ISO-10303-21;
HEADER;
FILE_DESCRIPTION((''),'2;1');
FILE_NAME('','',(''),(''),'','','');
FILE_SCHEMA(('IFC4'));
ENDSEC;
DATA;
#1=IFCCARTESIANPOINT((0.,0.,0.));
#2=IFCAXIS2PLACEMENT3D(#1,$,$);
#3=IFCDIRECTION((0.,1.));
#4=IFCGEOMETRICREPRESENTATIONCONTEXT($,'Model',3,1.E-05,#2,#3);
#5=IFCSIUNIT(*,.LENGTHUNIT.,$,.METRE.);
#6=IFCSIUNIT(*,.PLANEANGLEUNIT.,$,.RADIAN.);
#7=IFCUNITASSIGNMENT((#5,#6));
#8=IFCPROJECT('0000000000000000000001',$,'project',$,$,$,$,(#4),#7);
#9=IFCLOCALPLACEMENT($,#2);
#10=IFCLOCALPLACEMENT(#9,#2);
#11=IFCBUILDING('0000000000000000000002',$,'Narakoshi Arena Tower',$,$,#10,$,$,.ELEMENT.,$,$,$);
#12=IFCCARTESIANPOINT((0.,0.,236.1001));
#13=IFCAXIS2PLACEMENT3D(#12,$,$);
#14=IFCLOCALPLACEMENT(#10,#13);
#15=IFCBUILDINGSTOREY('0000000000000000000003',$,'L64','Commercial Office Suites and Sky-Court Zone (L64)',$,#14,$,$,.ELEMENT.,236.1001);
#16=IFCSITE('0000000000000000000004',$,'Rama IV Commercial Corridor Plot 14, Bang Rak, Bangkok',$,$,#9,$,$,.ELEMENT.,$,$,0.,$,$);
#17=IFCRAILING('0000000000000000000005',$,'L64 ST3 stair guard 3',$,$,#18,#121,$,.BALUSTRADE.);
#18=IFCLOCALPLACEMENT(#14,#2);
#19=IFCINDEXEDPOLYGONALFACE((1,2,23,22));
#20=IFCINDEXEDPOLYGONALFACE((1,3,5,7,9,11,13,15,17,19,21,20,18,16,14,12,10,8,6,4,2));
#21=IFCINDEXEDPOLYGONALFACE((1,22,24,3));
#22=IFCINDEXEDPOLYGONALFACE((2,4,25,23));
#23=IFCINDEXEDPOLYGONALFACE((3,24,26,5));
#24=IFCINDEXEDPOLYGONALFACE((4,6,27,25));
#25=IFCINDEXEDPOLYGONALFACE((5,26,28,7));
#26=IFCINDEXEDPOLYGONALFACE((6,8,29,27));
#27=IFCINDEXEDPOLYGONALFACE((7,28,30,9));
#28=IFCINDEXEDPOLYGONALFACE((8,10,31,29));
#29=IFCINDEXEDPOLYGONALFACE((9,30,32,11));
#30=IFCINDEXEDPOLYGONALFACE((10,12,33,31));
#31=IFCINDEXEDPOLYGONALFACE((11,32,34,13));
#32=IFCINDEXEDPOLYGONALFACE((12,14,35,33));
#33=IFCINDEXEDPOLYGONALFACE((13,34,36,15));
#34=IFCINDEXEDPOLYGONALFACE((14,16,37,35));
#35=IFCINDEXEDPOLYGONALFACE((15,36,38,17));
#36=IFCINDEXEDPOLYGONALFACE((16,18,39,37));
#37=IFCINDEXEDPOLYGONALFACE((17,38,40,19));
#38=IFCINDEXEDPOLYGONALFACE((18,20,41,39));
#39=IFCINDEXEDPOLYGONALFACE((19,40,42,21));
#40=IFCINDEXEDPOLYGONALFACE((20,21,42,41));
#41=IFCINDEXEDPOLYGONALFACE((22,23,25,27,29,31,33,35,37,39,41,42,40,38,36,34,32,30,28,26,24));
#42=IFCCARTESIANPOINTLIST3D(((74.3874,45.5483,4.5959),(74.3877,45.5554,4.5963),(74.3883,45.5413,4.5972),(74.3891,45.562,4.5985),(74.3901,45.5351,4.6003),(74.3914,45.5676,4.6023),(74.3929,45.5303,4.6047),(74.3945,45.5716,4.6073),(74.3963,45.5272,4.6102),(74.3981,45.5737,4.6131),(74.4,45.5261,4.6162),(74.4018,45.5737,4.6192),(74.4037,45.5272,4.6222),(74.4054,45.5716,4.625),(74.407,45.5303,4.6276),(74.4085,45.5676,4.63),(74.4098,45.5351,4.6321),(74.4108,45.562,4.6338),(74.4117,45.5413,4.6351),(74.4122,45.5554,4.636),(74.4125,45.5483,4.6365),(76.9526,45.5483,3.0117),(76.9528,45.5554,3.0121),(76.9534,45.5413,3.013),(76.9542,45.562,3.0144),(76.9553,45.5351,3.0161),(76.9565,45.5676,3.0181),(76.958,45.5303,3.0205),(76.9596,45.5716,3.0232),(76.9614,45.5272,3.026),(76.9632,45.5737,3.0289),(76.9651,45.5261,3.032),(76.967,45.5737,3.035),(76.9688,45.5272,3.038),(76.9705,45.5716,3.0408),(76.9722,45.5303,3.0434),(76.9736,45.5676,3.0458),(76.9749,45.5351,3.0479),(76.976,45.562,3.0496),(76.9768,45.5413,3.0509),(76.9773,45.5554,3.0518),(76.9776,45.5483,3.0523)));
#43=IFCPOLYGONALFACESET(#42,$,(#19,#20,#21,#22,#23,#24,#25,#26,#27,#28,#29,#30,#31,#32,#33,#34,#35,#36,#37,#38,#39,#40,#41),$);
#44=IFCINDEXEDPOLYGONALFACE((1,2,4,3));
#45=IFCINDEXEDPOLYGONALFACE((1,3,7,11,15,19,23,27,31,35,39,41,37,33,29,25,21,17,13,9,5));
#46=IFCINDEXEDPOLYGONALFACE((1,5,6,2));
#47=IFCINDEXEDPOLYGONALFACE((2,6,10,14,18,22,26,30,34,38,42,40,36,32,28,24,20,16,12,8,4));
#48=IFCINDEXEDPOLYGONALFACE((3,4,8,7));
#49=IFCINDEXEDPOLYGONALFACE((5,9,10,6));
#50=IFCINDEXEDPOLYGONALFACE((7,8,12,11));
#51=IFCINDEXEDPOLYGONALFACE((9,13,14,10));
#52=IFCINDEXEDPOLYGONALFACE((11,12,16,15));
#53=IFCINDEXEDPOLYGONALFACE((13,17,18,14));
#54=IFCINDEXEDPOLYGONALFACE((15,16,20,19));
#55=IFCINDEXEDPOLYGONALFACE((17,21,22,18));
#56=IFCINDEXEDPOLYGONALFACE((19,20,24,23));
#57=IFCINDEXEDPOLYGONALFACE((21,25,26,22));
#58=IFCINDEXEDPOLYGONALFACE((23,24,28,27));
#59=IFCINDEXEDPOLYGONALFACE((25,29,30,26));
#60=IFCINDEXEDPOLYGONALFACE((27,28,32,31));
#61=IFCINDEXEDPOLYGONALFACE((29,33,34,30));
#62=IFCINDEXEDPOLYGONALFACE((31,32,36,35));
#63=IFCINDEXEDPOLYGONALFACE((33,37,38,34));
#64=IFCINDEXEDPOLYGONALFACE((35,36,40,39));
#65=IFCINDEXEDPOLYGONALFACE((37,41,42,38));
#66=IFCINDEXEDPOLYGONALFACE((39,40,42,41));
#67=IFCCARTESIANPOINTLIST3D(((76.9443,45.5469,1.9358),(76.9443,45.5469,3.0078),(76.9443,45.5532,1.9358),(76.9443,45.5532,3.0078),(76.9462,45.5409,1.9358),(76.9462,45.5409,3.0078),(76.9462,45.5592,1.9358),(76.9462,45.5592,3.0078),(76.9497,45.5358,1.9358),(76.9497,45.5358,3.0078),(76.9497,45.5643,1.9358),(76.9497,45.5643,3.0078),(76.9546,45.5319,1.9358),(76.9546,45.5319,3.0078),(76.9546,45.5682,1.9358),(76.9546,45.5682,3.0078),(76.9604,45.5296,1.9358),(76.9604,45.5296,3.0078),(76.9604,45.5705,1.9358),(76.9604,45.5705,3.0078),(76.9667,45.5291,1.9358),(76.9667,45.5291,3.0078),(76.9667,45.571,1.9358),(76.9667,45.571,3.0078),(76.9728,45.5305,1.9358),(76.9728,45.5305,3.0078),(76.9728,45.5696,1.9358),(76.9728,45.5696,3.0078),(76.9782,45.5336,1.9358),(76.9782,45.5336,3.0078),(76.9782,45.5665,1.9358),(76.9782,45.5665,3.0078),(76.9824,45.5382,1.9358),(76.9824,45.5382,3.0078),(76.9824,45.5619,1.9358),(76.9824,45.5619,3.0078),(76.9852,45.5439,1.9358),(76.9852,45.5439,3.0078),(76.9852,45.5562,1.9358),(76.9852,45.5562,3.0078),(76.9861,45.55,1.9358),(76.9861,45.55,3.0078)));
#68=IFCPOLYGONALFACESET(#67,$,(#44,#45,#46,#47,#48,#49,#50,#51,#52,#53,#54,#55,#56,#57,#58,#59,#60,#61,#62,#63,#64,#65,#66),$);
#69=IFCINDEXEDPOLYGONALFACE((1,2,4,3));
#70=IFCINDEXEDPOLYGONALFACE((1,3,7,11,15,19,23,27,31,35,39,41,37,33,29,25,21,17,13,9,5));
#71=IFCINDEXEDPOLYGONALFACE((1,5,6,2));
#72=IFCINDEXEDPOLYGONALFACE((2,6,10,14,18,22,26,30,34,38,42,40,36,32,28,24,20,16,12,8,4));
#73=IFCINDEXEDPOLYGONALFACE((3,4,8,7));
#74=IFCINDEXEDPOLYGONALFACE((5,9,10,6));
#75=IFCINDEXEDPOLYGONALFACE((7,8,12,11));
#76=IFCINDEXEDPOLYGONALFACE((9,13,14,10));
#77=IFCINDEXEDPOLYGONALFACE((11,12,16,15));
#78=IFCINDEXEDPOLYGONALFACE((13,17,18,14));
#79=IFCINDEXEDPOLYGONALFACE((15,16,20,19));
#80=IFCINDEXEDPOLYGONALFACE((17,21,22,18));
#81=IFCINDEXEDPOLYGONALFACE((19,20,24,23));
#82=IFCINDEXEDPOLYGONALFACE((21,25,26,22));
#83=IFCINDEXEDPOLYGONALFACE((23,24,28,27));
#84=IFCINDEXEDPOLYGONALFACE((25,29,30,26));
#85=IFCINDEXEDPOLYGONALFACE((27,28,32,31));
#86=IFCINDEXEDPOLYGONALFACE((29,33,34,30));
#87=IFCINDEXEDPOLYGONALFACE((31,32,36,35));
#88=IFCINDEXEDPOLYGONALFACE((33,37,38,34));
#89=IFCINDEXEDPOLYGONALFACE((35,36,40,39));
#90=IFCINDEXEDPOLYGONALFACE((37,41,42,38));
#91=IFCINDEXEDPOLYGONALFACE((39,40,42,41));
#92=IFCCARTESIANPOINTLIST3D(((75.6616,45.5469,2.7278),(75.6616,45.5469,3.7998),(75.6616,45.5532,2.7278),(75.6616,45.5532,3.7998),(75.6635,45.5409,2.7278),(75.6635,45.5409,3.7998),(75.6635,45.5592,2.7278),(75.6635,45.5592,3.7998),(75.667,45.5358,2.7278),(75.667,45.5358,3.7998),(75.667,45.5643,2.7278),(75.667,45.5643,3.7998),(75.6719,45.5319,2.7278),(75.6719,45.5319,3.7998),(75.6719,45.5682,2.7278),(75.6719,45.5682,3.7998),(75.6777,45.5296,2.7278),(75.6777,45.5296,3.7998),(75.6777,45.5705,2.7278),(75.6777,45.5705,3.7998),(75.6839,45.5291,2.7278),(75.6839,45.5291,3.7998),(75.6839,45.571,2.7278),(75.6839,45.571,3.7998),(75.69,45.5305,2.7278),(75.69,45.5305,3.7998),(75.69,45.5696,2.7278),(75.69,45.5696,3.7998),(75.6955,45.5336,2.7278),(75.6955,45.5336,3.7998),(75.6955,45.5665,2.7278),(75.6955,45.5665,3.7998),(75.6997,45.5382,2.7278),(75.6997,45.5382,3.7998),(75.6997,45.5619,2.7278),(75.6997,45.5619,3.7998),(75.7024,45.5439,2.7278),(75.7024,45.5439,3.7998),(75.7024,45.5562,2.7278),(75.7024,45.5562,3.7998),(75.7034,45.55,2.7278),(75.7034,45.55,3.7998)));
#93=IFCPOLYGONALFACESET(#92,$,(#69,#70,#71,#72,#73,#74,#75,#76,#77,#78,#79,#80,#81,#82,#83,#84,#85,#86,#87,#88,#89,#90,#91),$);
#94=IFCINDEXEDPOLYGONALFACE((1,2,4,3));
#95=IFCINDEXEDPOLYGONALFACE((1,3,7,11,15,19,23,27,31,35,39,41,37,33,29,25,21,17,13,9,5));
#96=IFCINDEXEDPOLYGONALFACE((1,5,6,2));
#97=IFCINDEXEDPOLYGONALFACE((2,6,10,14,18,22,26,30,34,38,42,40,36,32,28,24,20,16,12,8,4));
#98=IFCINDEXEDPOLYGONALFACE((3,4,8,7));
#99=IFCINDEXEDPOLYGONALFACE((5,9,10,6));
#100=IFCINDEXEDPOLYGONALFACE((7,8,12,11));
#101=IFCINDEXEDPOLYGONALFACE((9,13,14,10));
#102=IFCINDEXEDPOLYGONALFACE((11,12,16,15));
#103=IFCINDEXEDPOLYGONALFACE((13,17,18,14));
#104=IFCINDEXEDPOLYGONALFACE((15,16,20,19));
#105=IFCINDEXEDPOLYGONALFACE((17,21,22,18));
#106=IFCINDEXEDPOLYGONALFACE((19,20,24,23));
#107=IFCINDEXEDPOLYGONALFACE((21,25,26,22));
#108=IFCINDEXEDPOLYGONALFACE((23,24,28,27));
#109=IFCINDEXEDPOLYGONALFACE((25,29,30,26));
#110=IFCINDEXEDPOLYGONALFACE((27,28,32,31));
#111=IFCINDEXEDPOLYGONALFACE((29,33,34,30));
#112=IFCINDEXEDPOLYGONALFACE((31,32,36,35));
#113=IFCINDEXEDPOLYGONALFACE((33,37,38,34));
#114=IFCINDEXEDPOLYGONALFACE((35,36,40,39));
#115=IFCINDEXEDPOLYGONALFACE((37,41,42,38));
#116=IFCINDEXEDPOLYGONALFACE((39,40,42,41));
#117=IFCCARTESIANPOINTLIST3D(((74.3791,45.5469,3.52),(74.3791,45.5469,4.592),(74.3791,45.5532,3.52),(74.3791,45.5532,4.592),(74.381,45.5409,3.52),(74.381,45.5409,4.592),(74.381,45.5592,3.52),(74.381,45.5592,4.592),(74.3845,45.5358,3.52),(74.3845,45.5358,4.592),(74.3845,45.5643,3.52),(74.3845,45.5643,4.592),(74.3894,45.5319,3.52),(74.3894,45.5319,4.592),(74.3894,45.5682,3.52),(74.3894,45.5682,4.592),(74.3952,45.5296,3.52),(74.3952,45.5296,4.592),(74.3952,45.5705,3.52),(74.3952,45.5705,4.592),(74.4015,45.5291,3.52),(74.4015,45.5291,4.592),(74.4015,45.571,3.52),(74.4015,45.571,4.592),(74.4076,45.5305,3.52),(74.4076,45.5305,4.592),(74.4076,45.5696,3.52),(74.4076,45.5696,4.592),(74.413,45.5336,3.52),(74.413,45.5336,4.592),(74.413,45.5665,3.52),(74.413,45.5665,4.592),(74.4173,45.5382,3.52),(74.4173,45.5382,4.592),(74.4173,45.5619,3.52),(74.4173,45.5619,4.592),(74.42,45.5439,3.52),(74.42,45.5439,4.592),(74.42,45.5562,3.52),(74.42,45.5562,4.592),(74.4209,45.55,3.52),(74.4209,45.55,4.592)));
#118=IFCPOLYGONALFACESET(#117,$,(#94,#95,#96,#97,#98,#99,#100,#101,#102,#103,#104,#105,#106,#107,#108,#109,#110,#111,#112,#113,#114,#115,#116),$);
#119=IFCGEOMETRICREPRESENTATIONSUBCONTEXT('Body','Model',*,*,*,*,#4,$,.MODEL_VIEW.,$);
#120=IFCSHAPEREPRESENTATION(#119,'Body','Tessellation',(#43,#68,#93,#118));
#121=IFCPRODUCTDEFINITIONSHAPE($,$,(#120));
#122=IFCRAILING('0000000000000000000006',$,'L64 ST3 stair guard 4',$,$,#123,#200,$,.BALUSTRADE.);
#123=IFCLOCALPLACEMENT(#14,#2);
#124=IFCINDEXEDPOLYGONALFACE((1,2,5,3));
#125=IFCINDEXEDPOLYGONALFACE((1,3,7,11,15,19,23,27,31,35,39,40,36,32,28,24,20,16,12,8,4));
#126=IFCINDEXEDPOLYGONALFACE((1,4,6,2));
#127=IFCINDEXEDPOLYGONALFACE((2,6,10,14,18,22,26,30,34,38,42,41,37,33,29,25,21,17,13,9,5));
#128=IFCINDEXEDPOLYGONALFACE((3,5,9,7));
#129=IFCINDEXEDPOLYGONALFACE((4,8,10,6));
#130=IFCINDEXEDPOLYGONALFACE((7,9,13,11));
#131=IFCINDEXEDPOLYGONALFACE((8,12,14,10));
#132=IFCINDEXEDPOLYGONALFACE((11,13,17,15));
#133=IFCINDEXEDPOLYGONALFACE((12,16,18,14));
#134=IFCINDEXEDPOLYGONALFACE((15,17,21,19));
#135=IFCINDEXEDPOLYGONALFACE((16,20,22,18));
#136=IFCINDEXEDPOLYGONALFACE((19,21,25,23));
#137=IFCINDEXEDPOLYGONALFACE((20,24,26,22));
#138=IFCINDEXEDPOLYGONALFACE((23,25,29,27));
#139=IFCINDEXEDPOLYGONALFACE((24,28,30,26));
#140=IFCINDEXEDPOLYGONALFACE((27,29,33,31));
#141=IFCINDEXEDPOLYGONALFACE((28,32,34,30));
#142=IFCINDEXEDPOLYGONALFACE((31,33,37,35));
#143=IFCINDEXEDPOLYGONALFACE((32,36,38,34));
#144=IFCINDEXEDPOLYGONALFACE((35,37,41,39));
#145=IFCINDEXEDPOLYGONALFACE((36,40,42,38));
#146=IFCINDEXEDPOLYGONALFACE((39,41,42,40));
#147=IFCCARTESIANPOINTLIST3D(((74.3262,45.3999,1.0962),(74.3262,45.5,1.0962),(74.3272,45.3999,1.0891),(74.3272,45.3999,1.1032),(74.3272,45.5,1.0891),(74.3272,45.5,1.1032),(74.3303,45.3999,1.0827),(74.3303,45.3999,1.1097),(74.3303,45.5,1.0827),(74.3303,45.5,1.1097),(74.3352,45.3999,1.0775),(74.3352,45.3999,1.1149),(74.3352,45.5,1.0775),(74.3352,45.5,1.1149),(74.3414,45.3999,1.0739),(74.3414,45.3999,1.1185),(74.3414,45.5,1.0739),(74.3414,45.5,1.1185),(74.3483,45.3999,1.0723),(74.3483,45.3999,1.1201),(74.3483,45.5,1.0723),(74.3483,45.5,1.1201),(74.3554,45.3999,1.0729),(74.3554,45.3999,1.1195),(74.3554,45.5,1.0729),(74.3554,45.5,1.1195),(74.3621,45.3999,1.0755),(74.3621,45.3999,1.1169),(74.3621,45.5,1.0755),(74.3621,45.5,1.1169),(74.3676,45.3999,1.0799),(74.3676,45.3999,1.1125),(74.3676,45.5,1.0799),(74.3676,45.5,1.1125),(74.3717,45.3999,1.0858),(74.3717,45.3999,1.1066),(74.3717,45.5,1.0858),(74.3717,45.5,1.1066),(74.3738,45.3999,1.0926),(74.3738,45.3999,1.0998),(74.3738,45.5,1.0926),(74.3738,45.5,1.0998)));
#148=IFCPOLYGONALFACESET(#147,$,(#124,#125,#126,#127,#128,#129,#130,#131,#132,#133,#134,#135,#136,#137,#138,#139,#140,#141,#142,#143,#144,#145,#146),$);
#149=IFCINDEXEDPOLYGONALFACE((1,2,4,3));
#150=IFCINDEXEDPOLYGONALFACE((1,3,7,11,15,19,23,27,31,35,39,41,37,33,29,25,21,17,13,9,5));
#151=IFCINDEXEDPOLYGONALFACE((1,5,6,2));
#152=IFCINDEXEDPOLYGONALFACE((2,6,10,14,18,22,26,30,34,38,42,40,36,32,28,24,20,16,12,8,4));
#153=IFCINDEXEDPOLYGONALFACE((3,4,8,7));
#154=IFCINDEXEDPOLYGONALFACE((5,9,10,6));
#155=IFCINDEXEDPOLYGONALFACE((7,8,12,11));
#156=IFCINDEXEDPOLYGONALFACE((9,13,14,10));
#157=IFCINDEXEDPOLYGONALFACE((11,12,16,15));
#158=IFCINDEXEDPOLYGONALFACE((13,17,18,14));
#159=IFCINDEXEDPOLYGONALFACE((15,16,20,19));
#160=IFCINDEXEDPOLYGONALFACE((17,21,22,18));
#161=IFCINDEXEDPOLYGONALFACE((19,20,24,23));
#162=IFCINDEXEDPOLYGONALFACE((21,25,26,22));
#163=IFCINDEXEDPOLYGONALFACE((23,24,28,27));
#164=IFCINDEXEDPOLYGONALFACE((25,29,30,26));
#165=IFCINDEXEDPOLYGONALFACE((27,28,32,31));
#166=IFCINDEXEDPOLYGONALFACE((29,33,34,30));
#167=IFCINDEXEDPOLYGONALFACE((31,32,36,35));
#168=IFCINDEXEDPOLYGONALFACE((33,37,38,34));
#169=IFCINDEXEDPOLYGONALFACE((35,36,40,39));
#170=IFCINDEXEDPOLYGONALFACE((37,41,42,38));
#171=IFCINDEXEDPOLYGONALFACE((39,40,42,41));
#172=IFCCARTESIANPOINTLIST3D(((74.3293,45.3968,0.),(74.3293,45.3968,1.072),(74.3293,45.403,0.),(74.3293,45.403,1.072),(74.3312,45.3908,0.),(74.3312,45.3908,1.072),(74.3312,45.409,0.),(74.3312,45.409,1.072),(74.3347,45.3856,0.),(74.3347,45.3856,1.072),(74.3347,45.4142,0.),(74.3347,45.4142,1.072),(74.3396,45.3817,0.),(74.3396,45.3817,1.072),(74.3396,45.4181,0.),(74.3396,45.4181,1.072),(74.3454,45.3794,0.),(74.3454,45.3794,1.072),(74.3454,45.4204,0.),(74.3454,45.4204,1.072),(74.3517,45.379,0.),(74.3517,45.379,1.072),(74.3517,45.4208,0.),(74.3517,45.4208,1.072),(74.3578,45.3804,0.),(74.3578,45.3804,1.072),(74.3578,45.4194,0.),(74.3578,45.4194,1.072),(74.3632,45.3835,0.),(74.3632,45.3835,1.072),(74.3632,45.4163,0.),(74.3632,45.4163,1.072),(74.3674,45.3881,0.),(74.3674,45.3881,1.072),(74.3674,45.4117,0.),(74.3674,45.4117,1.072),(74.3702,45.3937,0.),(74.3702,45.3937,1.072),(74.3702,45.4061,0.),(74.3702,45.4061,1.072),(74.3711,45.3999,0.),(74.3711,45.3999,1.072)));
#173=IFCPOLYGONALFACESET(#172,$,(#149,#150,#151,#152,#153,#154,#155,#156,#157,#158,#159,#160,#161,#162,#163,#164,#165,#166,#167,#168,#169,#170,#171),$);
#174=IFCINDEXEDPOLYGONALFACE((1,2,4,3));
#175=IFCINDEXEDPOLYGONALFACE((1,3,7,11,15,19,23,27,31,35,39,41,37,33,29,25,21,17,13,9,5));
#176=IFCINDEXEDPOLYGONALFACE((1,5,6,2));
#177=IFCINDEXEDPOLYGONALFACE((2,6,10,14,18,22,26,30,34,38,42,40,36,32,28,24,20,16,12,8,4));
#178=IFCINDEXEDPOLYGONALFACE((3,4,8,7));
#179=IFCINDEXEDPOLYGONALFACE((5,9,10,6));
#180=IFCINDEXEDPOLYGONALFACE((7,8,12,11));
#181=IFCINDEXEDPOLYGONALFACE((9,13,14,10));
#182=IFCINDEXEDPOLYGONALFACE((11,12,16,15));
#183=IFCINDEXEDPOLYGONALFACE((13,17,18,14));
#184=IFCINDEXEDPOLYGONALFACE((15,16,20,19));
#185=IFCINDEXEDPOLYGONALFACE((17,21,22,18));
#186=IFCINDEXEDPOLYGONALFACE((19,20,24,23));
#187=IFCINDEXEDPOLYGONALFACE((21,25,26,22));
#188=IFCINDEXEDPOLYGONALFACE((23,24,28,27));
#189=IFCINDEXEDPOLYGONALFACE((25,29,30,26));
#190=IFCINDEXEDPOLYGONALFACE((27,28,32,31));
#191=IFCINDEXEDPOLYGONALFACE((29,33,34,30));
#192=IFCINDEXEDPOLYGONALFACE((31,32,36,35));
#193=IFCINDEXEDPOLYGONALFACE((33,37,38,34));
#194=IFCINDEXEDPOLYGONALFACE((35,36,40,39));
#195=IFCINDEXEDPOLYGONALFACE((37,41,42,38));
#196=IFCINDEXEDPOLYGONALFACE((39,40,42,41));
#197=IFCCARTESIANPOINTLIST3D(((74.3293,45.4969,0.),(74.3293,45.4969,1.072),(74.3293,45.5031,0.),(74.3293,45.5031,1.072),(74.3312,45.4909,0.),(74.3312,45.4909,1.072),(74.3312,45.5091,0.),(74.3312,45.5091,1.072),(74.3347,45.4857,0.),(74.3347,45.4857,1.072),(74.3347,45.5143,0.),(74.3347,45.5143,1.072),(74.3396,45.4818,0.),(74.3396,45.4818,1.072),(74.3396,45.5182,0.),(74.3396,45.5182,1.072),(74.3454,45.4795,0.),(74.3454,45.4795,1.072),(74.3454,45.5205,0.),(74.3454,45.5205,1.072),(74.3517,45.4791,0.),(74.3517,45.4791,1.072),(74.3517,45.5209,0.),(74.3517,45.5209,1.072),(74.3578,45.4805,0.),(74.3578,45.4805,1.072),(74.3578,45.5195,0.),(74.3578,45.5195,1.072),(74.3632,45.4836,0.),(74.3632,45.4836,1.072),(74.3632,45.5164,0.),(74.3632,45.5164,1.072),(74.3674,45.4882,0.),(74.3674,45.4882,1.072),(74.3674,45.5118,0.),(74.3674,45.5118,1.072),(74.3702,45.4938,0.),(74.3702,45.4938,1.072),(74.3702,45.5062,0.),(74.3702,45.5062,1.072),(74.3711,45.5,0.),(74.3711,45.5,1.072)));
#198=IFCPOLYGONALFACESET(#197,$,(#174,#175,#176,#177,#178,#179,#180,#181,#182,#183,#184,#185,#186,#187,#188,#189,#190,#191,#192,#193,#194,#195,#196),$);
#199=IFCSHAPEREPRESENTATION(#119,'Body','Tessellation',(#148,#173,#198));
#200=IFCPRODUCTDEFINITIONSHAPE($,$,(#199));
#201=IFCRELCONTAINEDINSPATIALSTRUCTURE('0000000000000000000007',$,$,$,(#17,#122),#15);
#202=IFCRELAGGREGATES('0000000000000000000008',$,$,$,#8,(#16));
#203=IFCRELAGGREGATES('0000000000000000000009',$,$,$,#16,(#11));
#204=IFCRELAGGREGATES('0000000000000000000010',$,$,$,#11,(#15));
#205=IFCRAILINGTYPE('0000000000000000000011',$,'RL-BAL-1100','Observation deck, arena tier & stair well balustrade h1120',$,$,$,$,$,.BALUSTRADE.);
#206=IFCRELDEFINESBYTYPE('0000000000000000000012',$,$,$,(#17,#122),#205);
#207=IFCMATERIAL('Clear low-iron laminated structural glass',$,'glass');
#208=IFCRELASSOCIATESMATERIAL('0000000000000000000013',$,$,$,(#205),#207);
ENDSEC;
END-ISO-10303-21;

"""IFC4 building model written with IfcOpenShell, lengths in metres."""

from ifc_helpers import new_model, si_unit, direction, frame, origin, origin_2d, place, context, subcontext, project, spatial, circle, extrude, material, type_object, element, save


model = new_model("IFC4")

# Units and contexts
model_context = context("Model", 3, precision=1e-05, world=origin(), true_north=direction((0.0, 1.0)))
body_context = subcontext(model_context, "Body", "Model", "MODEL_VIEW")
ifc_project = project(units=[si_unit("LENGTHUNIT", "METRE"), si_unit("PLANEANGLEUNIT", "RADIAN")], contexts=[model_context])

# Site, building, storey
site_placement = place(None, origin())
site = spatial("IfcSite", under=ifc_project, at=site_placement, Name="Rama IV Commercial Corridor Plot 14, Bang Rak, Bangkok", CompositionType="ELEMENT", RefElevation=0.0)
building_placement = place(site_placement, origin())
building = spatial("IfcBuilding", under=site, at=building_placement, Name="Narakoshi Arena Tower", CompositionType="ELEMENT")
storey_placement = place(building_placement, frame((0.0, 0.0, 236.1001)))
storey = spatial("IfcBuildingStorey", under=building, at=storey_placement, Name="L64", Description="Commercial Office Suites and Sky-Court Zone (L64)", CompositionType="ELEMENT", Elevation=236.1001)

# Railings
ifc_material_1 = material(Name="Clear low-iron laminated structural glass", Category="glass")
railing_type_1 = type_object("IfcRailingType", Name="RL-BAL-1100", Description="Observation deck, arena tier & stair well balustrade h1120", PredefinedType="BALUSTRADE", material=ifc_material_1)
railing_1_placement = place(storey_placement, frame((76.9651, 45.55, 1.9358)))
element("IfcRailing", 1, at=railing_1_placement, inside=storey, type_object=railing_type_1, Name="L64 ST3 stair guard 3", PredefinedType="BALUSTRADE", context=body_context, shape_type="SweptSolid", body=[
    extrude(circle(Radius=0.0239, at=origin_2d()), frame((0.0, 0.0, 1.0962), z_axis=(-0.85082, 0.0, 0.525457), x_axis=(0.0, -1.0, 0.0)), (0.0, 0.0, 1.0), 3.0149),
    extrude(circle(Radius=0.021, at=origin_2d()), origin(), (0.0, 0.0, 1.0), 1.072),
    extrude(circle(Radius=0.021, at=origin_2d()), frame((-1.2827, 0.0, 0.792)), (0.0, 0.0, 1.0), 1.072),
    extrude(circle(Radius=0.021, at=origin_2d()), frame((-2.5652, 0.0, 1.5842)), (0.0, 0.0, 1.0), 1.072),
])
railing_2_placement = place(storey_placement, frame((74.3501, 45.3999, 0.0)))
element("IfcRailing", 2, at=railing_2_placement, inside=storey, type_object=railing_type_1, Name="L64 ST3 stair guard 4", PredefinedType="BALUSTRADE", context=body_context, shape_type="SweptSolid", body=[
    extrude(circle(Radius=0.0239, at=origin_2d()), frame((0.0, 0.0, 1.0962), z_axis=(0.0, 1.0, 0.0), x_axis=(-1.0, 0.0, 0.0)), (0.0, 0.0, 1.0), 0.1001),
    extrude(circle(Radius=0.021, at=origin_2d()), origin(), (0.0, 0.0, 1.0), 1.072),
    extrude(circle(Radius=0.021, at=origin_2d()), frame((0.0, 0.1001, 0.0)), (0.0, 0.0, 1.0), 1.072),
])

save(model, "model.ifc")
